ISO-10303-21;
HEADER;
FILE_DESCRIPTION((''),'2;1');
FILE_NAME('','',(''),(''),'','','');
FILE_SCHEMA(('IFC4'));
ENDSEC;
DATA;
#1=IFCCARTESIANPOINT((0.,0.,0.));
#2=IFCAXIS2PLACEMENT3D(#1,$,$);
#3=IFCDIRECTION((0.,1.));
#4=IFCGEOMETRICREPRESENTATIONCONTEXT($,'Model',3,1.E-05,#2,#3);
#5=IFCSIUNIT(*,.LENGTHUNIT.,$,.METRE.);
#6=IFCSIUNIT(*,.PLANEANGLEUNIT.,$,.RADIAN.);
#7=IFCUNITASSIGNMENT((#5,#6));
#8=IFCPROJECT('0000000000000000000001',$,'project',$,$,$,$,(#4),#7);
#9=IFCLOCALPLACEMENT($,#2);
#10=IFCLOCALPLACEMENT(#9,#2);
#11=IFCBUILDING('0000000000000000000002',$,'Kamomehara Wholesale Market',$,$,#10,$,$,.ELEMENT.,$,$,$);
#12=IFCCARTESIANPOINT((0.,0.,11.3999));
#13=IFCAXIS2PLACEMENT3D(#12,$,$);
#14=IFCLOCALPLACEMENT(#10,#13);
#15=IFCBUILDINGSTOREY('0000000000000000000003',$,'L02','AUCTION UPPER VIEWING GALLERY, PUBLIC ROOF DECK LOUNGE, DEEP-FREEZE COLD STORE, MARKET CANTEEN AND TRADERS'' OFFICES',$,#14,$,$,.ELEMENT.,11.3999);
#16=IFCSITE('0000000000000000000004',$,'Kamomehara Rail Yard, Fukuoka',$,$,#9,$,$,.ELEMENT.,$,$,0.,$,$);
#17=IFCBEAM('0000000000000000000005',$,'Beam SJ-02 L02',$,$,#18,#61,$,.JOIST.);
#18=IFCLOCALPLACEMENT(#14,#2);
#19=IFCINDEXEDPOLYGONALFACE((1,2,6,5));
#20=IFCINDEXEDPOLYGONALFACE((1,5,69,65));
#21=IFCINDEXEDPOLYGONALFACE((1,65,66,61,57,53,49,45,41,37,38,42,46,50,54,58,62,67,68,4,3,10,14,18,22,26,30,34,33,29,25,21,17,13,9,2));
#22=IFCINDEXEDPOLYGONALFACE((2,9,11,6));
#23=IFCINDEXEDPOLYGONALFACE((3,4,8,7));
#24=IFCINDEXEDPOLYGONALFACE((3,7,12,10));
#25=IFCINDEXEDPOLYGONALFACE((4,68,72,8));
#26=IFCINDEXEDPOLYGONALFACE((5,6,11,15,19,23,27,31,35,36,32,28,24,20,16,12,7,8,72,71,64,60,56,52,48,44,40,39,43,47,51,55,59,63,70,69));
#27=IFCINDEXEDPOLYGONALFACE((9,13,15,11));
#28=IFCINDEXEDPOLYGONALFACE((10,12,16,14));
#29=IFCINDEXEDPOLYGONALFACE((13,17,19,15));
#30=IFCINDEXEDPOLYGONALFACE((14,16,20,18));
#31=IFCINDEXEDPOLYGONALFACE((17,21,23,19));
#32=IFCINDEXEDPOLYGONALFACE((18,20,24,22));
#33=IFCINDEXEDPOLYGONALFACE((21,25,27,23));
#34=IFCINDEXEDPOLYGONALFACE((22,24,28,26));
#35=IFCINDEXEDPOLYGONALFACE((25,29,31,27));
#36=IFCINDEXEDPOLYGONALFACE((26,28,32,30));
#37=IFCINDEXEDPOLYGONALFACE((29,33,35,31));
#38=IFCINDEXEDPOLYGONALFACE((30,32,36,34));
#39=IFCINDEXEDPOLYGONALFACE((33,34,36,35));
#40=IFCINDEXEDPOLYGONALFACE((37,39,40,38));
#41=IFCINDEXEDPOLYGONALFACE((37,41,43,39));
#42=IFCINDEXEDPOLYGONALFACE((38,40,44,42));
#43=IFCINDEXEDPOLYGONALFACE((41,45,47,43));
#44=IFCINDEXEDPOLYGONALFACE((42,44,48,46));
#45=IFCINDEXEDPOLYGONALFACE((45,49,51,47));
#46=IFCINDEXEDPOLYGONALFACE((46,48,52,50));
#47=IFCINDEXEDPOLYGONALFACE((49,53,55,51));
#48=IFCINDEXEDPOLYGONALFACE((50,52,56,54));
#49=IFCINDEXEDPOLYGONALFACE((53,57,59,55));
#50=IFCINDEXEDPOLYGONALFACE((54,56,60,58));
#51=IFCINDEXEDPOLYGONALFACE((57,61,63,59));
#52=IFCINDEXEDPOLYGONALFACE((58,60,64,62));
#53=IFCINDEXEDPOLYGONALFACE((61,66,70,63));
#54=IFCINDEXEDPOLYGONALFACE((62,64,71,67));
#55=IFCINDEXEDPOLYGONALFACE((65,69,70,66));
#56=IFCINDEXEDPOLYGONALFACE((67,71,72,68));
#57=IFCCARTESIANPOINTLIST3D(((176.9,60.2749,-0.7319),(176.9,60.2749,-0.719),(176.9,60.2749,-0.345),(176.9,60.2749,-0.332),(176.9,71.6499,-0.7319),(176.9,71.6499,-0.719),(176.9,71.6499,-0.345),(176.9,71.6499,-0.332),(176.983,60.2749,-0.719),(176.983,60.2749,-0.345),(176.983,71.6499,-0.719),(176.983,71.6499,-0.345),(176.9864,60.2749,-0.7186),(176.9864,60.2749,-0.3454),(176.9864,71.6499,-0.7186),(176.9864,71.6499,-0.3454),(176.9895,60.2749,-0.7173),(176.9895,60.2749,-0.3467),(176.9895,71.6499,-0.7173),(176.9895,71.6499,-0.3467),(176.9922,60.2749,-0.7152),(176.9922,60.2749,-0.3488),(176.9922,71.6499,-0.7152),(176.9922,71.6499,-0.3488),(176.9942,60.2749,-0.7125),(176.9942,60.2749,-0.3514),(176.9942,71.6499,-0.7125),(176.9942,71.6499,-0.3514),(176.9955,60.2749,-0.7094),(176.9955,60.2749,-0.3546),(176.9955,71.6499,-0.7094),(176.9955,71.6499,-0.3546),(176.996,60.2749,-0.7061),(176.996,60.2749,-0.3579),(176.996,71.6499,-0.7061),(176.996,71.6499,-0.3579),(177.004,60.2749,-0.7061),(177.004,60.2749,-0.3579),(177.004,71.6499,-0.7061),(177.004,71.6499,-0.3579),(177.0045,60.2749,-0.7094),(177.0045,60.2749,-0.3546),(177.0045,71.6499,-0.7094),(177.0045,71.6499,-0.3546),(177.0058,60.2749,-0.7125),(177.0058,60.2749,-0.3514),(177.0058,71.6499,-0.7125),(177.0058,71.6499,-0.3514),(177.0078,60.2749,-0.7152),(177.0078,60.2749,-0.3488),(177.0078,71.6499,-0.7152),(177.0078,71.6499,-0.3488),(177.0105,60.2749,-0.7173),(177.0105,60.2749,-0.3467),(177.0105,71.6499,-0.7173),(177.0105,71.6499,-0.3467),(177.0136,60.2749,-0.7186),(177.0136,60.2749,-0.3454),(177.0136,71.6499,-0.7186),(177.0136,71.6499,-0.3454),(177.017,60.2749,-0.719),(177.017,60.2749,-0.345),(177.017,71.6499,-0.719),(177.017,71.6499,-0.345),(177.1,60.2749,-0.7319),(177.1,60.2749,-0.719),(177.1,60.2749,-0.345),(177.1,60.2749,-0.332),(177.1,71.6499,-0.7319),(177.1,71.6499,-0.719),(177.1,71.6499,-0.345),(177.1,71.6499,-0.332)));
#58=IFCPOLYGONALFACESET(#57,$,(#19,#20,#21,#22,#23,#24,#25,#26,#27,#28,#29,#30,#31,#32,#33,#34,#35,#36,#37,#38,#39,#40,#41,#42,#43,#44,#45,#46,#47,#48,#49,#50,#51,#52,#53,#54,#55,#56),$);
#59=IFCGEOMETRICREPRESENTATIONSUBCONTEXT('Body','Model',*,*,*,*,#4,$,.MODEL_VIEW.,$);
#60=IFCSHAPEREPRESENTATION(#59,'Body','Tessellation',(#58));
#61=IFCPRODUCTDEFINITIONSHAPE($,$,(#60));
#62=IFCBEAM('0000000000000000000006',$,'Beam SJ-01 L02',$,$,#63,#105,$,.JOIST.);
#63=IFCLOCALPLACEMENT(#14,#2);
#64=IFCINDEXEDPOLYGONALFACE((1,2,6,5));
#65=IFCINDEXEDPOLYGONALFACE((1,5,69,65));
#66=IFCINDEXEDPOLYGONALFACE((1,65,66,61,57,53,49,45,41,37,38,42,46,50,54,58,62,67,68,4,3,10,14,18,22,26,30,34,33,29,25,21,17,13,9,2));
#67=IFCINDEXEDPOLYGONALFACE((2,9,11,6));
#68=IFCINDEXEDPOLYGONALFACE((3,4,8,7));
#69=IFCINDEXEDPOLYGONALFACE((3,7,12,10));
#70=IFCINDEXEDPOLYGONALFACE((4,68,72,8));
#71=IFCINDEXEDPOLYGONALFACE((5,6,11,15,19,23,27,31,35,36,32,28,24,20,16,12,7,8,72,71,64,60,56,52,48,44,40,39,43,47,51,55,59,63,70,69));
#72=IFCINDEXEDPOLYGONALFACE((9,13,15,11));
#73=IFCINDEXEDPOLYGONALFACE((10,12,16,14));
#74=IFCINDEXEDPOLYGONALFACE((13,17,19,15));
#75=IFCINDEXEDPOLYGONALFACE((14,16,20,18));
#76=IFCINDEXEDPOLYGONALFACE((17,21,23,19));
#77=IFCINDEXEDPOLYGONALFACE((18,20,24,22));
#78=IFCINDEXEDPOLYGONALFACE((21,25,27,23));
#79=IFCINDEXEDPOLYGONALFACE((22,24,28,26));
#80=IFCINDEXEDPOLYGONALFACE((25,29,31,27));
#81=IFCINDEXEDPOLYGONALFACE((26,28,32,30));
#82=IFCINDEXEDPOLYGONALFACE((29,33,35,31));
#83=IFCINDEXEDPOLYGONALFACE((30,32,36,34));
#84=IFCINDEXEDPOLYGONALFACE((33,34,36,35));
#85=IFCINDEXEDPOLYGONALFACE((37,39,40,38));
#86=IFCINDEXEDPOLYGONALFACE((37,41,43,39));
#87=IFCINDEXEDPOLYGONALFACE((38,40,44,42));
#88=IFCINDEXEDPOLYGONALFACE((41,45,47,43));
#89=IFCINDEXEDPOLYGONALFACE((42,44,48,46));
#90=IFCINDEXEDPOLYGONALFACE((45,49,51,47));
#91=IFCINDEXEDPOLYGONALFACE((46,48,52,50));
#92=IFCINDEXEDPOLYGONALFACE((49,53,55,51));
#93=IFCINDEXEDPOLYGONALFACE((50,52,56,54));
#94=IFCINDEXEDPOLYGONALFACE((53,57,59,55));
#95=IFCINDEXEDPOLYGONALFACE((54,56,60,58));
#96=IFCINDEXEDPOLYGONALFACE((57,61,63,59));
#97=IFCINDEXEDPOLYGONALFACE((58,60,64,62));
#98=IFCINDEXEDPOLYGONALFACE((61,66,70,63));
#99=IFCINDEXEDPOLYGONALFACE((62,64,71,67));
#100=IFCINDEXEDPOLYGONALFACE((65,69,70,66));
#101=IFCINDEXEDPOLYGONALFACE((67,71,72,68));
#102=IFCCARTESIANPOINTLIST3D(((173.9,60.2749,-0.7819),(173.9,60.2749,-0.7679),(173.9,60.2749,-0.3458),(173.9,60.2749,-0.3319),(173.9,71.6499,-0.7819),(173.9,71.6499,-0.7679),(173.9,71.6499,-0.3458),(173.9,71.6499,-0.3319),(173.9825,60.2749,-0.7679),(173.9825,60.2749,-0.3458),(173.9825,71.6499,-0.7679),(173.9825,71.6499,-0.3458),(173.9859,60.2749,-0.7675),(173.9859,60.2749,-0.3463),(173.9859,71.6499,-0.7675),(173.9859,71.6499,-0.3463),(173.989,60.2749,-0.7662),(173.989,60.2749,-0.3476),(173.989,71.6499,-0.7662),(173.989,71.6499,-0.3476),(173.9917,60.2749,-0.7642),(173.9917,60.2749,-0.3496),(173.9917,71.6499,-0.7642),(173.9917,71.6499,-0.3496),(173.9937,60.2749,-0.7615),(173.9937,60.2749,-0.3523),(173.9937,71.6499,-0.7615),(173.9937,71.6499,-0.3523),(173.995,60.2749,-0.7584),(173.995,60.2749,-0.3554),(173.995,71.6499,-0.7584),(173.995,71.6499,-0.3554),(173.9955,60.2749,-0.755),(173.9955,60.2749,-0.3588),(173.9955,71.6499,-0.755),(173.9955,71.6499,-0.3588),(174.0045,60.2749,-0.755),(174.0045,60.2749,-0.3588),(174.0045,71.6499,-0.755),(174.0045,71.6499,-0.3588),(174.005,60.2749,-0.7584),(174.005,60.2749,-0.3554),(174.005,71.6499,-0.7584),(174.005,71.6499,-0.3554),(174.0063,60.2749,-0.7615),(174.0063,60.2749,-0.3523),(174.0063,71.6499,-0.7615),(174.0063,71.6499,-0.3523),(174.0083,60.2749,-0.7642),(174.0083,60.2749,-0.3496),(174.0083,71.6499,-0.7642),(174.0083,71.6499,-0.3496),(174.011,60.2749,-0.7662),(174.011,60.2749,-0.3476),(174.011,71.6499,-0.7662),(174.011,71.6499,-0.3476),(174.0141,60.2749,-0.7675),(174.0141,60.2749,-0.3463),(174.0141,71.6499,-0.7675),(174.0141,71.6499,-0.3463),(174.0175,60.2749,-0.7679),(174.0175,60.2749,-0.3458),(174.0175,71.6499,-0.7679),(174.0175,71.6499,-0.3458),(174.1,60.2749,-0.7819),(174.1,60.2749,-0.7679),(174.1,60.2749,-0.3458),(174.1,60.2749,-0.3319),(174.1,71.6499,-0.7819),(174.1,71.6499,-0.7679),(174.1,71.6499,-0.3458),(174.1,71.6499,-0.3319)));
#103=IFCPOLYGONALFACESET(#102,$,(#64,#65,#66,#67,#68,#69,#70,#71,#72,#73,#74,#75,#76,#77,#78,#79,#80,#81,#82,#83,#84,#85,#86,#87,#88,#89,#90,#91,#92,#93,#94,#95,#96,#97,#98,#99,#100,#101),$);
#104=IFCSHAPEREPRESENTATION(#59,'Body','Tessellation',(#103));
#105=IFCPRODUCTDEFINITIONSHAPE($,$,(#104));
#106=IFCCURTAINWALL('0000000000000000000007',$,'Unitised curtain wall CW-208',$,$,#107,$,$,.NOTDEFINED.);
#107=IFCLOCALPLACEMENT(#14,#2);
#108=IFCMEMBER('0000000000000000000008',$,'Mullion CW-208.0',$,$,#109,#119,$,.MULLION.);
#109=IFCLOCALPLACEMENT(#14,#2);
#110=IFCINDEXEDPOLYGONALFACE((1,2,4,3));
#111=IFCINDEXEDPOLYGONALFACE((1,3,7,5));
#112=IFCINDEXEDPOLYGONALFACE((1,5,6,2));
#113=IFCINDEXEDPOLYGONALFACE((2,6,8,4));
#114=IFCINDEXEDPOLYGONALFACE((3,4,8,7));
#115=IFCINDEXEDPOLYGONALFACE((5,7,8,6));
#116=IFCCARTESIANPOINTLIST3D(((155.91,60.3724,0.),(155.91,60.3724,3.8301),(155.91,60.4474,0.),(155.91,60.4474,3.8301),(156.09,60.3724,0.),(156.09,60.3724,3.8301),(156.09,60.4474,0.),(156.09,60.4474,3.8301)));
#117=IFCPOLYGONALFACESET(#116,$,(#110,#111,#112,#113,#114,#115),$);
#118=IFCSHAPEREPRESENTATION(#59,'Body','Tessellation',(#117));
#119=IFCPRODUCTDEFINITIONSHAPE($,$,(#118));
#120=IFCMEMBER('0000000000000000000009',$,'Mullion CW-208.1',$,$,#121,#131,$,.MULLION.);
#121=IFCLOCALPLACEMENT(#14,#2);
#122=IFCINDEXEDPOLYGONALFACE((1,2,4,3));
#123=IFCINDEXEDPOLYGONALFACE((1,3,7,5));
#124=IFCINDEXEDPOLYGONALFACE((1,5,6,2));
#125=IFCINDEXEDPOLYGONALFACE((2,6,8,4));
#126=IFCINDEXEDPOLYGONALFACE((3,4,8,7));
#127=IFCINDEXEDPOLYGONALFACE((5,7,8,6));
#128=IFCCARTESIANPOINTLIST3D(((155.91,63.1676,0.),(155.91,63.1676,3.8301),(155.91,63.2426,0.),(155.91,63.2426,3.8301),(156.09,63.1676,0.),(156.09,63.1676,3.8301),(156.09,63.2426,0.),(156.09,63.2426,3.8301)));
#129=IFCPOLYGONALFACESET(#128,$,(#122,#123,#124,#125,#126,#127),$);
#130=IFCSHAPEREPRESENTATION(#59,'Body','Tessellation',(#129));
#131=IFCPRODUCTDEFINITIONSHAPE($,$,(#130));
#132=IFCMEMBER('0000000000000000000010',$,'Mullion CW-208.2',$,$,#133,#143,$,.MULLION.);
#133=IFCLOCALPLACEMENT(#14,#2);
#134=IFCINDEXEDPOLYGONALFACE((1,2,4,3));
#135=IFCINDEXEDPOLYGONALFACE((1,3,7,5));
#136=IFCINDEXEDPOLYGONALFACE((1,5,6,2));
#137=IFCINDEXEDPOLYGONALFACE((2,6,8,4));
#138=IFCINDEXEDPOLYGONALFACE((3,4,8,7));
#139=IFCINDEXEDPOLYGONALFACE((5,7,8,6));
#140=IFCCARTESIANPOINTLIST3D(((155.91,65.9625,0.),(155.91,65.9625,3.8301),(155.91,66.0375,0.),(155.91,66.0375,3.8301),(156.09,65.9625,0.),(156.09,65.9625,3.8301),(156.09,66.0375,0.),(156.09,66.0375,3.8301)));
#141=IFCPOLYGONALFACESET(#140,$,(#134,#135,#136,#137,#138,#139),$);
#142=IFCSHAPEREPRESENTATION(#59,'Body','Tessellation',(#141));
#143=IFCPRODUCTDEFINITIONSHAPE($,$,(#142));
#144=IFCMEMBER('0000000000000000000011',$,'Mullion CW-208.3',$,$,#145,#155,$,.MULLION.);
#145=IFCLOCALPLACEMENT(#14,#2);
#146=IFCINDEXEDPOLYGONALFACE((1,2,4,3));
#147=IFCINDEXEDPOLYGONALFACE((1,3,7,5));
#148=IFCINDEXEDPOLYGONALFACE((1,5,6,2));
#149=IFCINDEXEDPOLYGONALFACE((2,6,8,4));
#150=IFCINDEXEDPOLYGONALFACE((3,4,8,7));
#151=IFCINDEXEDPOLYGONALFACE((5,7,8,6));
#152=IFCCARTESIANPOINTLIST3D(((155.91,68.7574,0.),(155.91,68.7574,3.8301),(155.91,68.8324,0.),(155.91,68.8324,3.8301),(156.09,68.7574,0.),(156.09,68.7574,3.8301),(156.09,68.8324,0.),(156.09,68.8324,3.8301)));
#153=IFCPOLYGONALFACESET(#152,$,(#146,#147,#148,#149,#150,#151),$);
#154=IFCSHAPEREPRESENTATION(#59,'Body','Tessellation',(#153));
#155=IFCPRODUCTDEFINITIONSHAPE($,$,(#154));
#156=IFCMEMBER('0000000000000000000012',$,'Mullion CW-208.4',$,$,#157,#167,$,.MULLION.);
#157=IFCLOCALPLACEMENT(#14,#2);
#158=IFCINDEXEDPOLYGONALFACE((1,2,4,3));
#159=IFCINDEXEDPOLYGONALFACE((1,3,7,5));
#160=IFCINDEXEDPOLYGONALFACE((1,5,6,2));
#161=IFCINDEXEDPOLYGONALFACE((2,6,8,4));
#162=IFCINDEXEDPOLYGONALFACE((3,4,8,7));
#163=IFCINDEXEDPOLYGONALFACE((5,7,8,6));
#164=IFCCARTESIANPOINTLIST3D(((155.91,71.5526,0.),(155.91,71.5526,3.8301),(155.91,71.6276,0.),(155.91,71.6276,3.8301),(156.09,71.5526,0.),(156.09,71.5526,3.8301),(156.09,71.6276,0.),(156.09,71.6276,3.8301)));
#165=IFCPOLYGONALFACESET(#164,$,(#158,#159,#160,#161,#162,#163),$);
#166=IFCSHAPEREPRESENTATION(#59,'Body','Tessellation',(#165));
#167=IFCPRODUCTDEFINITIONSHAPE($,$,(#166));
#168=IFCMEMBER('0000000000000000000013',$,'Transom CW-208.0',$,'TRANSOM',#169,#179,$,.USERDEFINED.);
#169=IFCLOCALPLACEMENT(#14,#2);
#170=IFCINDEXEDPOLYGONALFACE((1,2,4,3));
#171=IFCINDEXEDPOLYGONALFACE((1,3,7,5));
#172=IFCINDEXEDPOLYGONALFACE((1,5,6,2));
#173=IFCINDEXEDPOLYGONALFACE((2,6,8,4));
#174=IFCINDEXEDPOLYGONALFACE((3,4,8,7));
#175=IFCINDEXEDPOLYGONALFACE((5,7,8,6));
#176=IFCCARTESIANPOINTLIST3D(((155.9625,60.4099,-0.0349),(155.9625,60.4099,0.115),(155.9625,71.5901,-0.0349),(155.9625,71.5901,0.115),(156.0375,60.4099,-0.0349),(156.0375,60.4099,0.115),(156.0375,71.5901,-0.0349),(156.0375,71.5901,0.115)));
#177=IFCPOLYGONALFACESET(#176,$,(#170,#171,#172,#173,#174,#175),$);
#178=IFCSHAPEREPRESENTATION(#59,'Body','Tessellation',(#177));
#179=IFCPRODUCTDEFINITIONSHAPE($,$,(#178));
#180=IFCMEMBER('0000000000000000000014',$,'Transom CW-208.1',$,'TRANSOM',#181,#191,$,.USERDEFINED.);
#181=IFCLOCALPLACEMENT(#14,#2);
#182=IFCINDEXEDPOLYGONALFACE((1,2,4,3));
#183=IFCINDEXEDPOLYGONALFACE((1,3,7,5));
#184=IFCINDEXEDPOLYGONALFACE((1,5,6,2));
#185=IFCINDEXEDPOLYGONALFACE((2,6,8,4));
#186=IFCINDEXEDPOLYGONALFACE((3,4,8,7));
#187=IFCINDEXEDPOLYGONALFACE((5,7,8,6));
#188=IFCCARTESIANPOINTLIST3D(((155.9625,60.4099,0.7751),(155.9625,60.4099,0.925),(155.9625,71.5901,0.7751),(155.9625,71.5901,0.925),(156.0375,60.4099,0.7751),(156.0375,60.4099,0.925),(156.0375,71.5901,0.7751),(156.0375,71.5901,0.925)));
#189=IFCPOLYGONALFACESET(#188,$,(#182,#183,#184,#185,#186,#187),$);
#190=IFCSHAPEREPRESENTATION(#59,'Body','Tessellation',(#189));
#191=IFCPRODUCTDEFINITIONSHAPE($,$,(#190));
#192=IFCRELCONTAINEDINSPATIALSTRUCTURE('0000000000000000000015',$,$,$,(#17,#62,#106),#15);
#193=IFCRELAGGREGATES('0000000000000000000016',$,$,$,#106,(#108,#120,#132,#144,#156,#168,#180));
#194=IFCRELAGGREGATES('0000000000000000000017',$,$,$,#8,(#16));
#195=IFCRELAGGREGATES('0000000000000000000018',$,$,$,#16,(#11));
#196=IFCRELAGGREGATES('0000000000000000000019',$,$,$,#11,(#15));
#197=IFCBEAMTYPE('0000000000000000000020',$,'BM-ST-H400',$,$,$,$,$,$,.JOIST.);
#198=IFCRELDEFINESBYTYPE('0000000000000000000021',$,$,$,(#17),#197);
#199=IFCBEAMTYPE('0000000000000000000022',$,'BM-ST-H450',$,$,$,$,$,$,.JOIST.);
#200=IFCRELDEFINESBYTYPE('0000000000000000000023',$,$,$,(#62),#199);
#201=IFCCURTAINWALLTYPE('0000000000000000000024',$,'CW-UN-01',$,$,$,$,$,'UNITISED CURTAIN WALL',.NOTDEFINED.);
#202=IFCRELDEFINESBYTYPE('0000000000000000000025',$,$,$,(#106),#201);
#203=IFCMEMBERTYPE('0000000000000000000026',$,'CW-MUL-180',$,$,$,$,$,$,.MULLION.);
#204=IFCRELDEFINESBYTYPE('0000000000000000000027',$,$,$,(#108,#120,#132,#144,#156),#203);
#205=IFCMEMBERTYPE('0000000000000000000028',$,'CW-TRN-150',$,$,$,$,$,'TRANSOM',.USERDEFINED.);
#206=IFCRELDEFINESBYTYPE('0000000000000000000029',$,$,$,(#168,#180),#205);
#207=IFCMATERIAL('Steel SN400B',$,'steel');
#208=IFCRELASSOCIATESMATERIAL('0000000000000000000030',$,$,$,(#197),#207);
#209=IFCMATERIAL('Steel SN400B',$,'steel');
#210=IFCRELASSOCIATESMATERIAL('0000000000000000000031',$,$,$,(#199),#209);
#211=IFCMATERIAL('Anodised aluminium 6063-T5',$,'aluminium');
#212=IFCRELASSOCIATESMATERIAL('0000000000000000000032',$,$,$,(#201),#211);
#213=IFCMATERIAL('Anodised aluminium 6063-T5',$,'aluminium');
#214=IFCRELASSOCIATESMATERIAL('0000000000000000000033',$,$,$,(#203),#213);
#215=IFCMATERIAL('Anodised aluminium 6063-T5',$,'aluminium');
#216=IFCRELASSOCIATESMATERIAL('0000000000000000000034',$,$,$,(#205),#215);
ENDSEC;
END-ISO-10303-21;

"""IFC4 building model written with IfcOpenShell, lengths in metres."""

from ifc_helpers import new_model, si_unit, direction, frame, origin, origin_2d, place, context, subcontext, project, spatial, rectangle, i_section, extrude, material, material_profile, profile_set, type_object, element, aggregate, save


model = new_model("IFC4")

# Units and contexts
model_context = context("Model", 3, precision=1e-05, world=origin(), true_north=direction((0.0, 1.0)))
body_context = subcontext(model_context, "Body", "Model", "MODEL_VIEW")
ifc_project = project(units=[si_unit("LENGTHUNIT", "METRE"), si_unit("PLANEANGLEUNIT", "RADIAN")], contexts=[model_context])

# Site, building, storey
site_placement = place(None, origin())
site = spatial("IfcSite", under=ifc_project, at=site_placement, Name="Kamomehara Rail Yard, Fukuoka", CompositionType="ELEMENT", RefElevation=0.0)
building_placement = place(site_placement, origin())
building = spatial("IfcBuilding", under=site, at=building_placement, Name="Kamomehara Wholesale Market", CompositionType="ELEMENT")
storey_placement = place(building_placement, frame((0.0, 0.0, 11.3999)))
storey = spatial("IfcBuildingStorey", under=building, at=storey_placement, Name="L02", Description="AUCTION UPPER VIEWING GALLERY, PUBLIC ROOF DECK LOUNGE, DEEP-FREEZE COLD STORE, MARKET CANTEEN AND TRADERS' OFFICES", CompositionType="ELEMENT", Elevation=11.3999)

# Beams
ifc_material_1 = material(Name="Steel SN400B", Category="steel")
ifc_material_profile_1 = material_profile(ifc_material_1, i_section(OverallWidth=0.2, OverallDepth=0.3999, WebThickness=0.0081, FlangeThickness=0.0129, FilletRadius=0.0129, at=origin_2d()), Name="H-400x200x8x13")
ifc_profile_set_1 = profile_set([ifc_material_profile_1], Name="Steel SN400B")
beam_type_1 = type_object("IfcBeamType", Name="BM-ST-H400", PredefinedType="JOIST", material=ifc_profile_set_1)
beam_1_placement = place(storey_placement, frame((177.0, 60.2749, -0.532), z_axis=(0.0, 1.0, 0.0), x_axis=(-1.0, 0.0, 0.0)))
element("IfcBeam", 1, at=beam_1_placement, inside=storey, type_object=beam_type_1, Name="Beam SJ-02 L02", PredefinedType="JOIST", context=body_context, shape_type="SweptSolid", body=[
    extrude(i_section(OverallWidth=0.2, OverallDepth=0.3999, WebThickness=0.0081, FlangeThickness=0.0129, FilletRadius=0.0129, at=origin_2d()), origin(), (0.0, 0.0, 1.0), 11.375),
])
ifc_material_2 = material(Name="Steel SN400B", Category="steel")
ifc_material_profile_2 = material_profile(ifc_material_2, i_section(OverallWidth=0.2, OverallDepth=0.45, WebThickness=0.009, FlangeThickness=0.0139, FilletRadius=0.0129, at=origin_2d()), Name="H-450x200x9x14")
ifc_profile_set_2 = profile_set([ifc_material_profile_2], Name="Steel SN400B")
beam_type_2 = type_object("IfcBeamType", Name="BM-ST-H450", PredefinedType="JOIST", material=ifc_profile_set_2)
beam_2_placement = place(storey_placement, frame((174.0, 60.2749, -0.5569), z_axis=(0.0, 1.0, 0.0), x_axis=(-1.0, 0.0, 0.0)))
element("IfcBeam", 2, at=beam_2_placement, inside=storey, type_object=beam_type_2, Name="Beam SJ-01 L02", PredefinedType="JOIST", context=body_context, shape_type="SweptSolid", body=[
    extrude(i_section(OverallWidth=0.2, OverallDepth=0.45, WebThickness=0.009, FlangeThickness=0.0139, FilletRadius=0.0129, at=origin_2d()), origin(), (0.0, 0.0, 1.0), 11.375),
])

# Curtain wall, members
ifc_material_3 = material(Name="Anodised aluminium 6063-T5", Category="aluminium")
curtain_wall_type = type_object("IfcCurtainWallType", Name="CW-UN-01", ElementType="UNITISED CURTAIN WALL", PredefinedType="NOTDEFINED", material=ifc_material_3)
curtain_wall_placement = place(storey_placement, origin())
curtain_wall = element("IfcCurtainWall", 3, at=curtain_wall_placement, inside=storey, type_object=curtain_wall_type, Name="Unitised curtain wall CW-208", PredefinedType="NOTDEFINED")
ifc_material_4 = material(Name="Anodised aluminium 6063-T5", Category="aluminium")
ifc_material_profile_3 = material_profile(ifc_material_4, rectangle(XDim=0.075, YDim=0.1799, at=origin_2d()), Name="ALU-MUL-75x180")
ifc_profile_set_3 = profile_set([ifc_material_profile_3], Name="Anodised aluminium 6063-T5")
member_type_1 = type_object("IfcMemberType", Name="CW-MUL-180", PredefinedType="MULLION", material=ifc_profile_set_3)
member_1_placement = place(storey_placement, frame((156.0, 60.4099, 0.0), z_axis=(0.0, 0.0, 1.0), x_axis=(0.0, 1.0, 0.0)))
member_1 = element("IfcMember", 4, at=member_1_placement, type_object=member_type_1, Name="Mullion CW-208.0", PredefinedType="MULLION", context=body_context, shape_type="SweptSolid", body=[
    extrude(rectangle(XDim=0.075, YDim=0.1799, at=origin_2d()), origin(), (0.0, 0.0, 1.0), 3.8301),
])
member_2_placement = place(storey_placement, frame((156.0, 63.2051, 0.0), z_axis=(0.0, 0.0, 1.0), x_axis=(0.0, 1.0, 0.0)))
member_2 = element("IfcMember", 5, at=member_2_placement, type_object=member_type_1, Name="Mullion CW-208.1", PredefinedType="MULLION", context=body_context, shape_type="SweptSolid", body=[
    extrude(rectangle(XDim=0.075, YDim=0.1799, at=origin_2d()), origin(), (0.0, 0.0, 1.0), 3.8301),
])
member_3_placement = place(storey_placement, frame((156.0, 66.0, 0.0), z_axis=(0.0, 0.0, 1.0), x_axis=(0.0, 1.0, 0.0)))
member_3 = element("IfcMember", 6, at=member_3_placement, type_object=member_type_1, Name="Mullion CW-208.2", PredefinedType="MULLION", context=body_context, shape_type="SweptSolid", body=[
    extrude(rectangle(XDim=0.075, YDim=0.1799, at=origin_2d()), origin(), (0.0, 0.0, 1.0), 3.8301),
])
member_4_placement = place(storey_placement, frame((156.0, 68.7949, 0.0), z_axis=(0.0, 0.0, 1.0), x_axis=(0.0, 1.0, 0.0)))
member_4 = element("IfcMember", 7, at=member_4_placement, type_object=member_type_1, Name="Mullion CW-208.3", PredefinedType="MULLION", context=body_context, shape_type="SweptSolid", body=[
    extrude(rectangle(XDim=0.075, YDim=0.1799, at=origin_2d()), origin(), (0.0, 0.0, 1.0), 3.8301),
])
member_5_placement = place(storey_placement, frame((156.0, 71.5901, 0.0), z_axis=(0.0, 0.0, 1.0), x_axis=(0.0, 1.0, 0.0)))
member_5 = element("IfcMember", 8, at=member_5_placement, type_object=member_type_1, Name="Mullion CW-208.4", PredefinedType="MULLION", context=body_context, shape_type="SweptSolid", body=[
    extrude(rectangle(XDim=0.075, YDim=0.1799, at=origin_2d()), origin(), (0.0, 0.0, 1.0), 3.8301),
])
ifc_material_5 = material(Name="Anodised aluminium 6063-T5", Category="aluminium")
ifc_material_profile_4 = material_profile(ifc_material_5, rectangle(XDim=0.075, YDim=0.1499, at=origin_2d()), Name="ALU-TRN-75x150")
ifc_profile_set_4 = profile_set([ifc_material_profile_4], Name="Anodised aluminium 6063-T5")
member_type_2 = type_object("IfcMemberType", Name="CW-TRN-150", ElementType="TRANSOM", PredefinedType="USERDEFINED", material=ifc_profile_set_4)
member_6_placement = place(storey_placement, frame((156.0, 60.4099, 0.04), z_axis=(0.0, 1.0, 0.0), x_axis=(-1.0, 0.0, 0.0)))
member_6 = element("IfcMember", 9, at=member_6_placement, type_object=member_type_2, Name="Transom CW-208.0", ObjectType="TRANSOM", PredefinedType="USERDEFINED", context=body_context, shape_type="SweptSolid", body=[
    extrude(rectangle(XDim=0.075, YDim=0.1499, at=origin_2d()), origin(), (0.0, 0.0, 1.0), 11.1802),
])
member_7_placement = place(storey_placement, frame((156.0, 60.4099, 0.8501), z_axis=(0.0, 1.0, 0.0), x_axis=(-1.0, 0.0, 0.0)))
member_7 = element("IfcMember", 10, at=member_7_placement, type_object=member_type_2, Name="Transom CW-208.1", ObjectType="TRANSOM", PredefinedType="USERDEFINED", context=body_context, shape_type="SweptSolid", body=[
    extrude(rectangle(XDim=0.075, YDim=0.1499, at=origin_2d()), origin(), (0.0, 0.0, 1.0), 11.1802),
])
aggregate(curtain_wall, [member_1, member_2, member_3, member_4, member_5, member_6, member_7])

save(model, "model.ifc")
